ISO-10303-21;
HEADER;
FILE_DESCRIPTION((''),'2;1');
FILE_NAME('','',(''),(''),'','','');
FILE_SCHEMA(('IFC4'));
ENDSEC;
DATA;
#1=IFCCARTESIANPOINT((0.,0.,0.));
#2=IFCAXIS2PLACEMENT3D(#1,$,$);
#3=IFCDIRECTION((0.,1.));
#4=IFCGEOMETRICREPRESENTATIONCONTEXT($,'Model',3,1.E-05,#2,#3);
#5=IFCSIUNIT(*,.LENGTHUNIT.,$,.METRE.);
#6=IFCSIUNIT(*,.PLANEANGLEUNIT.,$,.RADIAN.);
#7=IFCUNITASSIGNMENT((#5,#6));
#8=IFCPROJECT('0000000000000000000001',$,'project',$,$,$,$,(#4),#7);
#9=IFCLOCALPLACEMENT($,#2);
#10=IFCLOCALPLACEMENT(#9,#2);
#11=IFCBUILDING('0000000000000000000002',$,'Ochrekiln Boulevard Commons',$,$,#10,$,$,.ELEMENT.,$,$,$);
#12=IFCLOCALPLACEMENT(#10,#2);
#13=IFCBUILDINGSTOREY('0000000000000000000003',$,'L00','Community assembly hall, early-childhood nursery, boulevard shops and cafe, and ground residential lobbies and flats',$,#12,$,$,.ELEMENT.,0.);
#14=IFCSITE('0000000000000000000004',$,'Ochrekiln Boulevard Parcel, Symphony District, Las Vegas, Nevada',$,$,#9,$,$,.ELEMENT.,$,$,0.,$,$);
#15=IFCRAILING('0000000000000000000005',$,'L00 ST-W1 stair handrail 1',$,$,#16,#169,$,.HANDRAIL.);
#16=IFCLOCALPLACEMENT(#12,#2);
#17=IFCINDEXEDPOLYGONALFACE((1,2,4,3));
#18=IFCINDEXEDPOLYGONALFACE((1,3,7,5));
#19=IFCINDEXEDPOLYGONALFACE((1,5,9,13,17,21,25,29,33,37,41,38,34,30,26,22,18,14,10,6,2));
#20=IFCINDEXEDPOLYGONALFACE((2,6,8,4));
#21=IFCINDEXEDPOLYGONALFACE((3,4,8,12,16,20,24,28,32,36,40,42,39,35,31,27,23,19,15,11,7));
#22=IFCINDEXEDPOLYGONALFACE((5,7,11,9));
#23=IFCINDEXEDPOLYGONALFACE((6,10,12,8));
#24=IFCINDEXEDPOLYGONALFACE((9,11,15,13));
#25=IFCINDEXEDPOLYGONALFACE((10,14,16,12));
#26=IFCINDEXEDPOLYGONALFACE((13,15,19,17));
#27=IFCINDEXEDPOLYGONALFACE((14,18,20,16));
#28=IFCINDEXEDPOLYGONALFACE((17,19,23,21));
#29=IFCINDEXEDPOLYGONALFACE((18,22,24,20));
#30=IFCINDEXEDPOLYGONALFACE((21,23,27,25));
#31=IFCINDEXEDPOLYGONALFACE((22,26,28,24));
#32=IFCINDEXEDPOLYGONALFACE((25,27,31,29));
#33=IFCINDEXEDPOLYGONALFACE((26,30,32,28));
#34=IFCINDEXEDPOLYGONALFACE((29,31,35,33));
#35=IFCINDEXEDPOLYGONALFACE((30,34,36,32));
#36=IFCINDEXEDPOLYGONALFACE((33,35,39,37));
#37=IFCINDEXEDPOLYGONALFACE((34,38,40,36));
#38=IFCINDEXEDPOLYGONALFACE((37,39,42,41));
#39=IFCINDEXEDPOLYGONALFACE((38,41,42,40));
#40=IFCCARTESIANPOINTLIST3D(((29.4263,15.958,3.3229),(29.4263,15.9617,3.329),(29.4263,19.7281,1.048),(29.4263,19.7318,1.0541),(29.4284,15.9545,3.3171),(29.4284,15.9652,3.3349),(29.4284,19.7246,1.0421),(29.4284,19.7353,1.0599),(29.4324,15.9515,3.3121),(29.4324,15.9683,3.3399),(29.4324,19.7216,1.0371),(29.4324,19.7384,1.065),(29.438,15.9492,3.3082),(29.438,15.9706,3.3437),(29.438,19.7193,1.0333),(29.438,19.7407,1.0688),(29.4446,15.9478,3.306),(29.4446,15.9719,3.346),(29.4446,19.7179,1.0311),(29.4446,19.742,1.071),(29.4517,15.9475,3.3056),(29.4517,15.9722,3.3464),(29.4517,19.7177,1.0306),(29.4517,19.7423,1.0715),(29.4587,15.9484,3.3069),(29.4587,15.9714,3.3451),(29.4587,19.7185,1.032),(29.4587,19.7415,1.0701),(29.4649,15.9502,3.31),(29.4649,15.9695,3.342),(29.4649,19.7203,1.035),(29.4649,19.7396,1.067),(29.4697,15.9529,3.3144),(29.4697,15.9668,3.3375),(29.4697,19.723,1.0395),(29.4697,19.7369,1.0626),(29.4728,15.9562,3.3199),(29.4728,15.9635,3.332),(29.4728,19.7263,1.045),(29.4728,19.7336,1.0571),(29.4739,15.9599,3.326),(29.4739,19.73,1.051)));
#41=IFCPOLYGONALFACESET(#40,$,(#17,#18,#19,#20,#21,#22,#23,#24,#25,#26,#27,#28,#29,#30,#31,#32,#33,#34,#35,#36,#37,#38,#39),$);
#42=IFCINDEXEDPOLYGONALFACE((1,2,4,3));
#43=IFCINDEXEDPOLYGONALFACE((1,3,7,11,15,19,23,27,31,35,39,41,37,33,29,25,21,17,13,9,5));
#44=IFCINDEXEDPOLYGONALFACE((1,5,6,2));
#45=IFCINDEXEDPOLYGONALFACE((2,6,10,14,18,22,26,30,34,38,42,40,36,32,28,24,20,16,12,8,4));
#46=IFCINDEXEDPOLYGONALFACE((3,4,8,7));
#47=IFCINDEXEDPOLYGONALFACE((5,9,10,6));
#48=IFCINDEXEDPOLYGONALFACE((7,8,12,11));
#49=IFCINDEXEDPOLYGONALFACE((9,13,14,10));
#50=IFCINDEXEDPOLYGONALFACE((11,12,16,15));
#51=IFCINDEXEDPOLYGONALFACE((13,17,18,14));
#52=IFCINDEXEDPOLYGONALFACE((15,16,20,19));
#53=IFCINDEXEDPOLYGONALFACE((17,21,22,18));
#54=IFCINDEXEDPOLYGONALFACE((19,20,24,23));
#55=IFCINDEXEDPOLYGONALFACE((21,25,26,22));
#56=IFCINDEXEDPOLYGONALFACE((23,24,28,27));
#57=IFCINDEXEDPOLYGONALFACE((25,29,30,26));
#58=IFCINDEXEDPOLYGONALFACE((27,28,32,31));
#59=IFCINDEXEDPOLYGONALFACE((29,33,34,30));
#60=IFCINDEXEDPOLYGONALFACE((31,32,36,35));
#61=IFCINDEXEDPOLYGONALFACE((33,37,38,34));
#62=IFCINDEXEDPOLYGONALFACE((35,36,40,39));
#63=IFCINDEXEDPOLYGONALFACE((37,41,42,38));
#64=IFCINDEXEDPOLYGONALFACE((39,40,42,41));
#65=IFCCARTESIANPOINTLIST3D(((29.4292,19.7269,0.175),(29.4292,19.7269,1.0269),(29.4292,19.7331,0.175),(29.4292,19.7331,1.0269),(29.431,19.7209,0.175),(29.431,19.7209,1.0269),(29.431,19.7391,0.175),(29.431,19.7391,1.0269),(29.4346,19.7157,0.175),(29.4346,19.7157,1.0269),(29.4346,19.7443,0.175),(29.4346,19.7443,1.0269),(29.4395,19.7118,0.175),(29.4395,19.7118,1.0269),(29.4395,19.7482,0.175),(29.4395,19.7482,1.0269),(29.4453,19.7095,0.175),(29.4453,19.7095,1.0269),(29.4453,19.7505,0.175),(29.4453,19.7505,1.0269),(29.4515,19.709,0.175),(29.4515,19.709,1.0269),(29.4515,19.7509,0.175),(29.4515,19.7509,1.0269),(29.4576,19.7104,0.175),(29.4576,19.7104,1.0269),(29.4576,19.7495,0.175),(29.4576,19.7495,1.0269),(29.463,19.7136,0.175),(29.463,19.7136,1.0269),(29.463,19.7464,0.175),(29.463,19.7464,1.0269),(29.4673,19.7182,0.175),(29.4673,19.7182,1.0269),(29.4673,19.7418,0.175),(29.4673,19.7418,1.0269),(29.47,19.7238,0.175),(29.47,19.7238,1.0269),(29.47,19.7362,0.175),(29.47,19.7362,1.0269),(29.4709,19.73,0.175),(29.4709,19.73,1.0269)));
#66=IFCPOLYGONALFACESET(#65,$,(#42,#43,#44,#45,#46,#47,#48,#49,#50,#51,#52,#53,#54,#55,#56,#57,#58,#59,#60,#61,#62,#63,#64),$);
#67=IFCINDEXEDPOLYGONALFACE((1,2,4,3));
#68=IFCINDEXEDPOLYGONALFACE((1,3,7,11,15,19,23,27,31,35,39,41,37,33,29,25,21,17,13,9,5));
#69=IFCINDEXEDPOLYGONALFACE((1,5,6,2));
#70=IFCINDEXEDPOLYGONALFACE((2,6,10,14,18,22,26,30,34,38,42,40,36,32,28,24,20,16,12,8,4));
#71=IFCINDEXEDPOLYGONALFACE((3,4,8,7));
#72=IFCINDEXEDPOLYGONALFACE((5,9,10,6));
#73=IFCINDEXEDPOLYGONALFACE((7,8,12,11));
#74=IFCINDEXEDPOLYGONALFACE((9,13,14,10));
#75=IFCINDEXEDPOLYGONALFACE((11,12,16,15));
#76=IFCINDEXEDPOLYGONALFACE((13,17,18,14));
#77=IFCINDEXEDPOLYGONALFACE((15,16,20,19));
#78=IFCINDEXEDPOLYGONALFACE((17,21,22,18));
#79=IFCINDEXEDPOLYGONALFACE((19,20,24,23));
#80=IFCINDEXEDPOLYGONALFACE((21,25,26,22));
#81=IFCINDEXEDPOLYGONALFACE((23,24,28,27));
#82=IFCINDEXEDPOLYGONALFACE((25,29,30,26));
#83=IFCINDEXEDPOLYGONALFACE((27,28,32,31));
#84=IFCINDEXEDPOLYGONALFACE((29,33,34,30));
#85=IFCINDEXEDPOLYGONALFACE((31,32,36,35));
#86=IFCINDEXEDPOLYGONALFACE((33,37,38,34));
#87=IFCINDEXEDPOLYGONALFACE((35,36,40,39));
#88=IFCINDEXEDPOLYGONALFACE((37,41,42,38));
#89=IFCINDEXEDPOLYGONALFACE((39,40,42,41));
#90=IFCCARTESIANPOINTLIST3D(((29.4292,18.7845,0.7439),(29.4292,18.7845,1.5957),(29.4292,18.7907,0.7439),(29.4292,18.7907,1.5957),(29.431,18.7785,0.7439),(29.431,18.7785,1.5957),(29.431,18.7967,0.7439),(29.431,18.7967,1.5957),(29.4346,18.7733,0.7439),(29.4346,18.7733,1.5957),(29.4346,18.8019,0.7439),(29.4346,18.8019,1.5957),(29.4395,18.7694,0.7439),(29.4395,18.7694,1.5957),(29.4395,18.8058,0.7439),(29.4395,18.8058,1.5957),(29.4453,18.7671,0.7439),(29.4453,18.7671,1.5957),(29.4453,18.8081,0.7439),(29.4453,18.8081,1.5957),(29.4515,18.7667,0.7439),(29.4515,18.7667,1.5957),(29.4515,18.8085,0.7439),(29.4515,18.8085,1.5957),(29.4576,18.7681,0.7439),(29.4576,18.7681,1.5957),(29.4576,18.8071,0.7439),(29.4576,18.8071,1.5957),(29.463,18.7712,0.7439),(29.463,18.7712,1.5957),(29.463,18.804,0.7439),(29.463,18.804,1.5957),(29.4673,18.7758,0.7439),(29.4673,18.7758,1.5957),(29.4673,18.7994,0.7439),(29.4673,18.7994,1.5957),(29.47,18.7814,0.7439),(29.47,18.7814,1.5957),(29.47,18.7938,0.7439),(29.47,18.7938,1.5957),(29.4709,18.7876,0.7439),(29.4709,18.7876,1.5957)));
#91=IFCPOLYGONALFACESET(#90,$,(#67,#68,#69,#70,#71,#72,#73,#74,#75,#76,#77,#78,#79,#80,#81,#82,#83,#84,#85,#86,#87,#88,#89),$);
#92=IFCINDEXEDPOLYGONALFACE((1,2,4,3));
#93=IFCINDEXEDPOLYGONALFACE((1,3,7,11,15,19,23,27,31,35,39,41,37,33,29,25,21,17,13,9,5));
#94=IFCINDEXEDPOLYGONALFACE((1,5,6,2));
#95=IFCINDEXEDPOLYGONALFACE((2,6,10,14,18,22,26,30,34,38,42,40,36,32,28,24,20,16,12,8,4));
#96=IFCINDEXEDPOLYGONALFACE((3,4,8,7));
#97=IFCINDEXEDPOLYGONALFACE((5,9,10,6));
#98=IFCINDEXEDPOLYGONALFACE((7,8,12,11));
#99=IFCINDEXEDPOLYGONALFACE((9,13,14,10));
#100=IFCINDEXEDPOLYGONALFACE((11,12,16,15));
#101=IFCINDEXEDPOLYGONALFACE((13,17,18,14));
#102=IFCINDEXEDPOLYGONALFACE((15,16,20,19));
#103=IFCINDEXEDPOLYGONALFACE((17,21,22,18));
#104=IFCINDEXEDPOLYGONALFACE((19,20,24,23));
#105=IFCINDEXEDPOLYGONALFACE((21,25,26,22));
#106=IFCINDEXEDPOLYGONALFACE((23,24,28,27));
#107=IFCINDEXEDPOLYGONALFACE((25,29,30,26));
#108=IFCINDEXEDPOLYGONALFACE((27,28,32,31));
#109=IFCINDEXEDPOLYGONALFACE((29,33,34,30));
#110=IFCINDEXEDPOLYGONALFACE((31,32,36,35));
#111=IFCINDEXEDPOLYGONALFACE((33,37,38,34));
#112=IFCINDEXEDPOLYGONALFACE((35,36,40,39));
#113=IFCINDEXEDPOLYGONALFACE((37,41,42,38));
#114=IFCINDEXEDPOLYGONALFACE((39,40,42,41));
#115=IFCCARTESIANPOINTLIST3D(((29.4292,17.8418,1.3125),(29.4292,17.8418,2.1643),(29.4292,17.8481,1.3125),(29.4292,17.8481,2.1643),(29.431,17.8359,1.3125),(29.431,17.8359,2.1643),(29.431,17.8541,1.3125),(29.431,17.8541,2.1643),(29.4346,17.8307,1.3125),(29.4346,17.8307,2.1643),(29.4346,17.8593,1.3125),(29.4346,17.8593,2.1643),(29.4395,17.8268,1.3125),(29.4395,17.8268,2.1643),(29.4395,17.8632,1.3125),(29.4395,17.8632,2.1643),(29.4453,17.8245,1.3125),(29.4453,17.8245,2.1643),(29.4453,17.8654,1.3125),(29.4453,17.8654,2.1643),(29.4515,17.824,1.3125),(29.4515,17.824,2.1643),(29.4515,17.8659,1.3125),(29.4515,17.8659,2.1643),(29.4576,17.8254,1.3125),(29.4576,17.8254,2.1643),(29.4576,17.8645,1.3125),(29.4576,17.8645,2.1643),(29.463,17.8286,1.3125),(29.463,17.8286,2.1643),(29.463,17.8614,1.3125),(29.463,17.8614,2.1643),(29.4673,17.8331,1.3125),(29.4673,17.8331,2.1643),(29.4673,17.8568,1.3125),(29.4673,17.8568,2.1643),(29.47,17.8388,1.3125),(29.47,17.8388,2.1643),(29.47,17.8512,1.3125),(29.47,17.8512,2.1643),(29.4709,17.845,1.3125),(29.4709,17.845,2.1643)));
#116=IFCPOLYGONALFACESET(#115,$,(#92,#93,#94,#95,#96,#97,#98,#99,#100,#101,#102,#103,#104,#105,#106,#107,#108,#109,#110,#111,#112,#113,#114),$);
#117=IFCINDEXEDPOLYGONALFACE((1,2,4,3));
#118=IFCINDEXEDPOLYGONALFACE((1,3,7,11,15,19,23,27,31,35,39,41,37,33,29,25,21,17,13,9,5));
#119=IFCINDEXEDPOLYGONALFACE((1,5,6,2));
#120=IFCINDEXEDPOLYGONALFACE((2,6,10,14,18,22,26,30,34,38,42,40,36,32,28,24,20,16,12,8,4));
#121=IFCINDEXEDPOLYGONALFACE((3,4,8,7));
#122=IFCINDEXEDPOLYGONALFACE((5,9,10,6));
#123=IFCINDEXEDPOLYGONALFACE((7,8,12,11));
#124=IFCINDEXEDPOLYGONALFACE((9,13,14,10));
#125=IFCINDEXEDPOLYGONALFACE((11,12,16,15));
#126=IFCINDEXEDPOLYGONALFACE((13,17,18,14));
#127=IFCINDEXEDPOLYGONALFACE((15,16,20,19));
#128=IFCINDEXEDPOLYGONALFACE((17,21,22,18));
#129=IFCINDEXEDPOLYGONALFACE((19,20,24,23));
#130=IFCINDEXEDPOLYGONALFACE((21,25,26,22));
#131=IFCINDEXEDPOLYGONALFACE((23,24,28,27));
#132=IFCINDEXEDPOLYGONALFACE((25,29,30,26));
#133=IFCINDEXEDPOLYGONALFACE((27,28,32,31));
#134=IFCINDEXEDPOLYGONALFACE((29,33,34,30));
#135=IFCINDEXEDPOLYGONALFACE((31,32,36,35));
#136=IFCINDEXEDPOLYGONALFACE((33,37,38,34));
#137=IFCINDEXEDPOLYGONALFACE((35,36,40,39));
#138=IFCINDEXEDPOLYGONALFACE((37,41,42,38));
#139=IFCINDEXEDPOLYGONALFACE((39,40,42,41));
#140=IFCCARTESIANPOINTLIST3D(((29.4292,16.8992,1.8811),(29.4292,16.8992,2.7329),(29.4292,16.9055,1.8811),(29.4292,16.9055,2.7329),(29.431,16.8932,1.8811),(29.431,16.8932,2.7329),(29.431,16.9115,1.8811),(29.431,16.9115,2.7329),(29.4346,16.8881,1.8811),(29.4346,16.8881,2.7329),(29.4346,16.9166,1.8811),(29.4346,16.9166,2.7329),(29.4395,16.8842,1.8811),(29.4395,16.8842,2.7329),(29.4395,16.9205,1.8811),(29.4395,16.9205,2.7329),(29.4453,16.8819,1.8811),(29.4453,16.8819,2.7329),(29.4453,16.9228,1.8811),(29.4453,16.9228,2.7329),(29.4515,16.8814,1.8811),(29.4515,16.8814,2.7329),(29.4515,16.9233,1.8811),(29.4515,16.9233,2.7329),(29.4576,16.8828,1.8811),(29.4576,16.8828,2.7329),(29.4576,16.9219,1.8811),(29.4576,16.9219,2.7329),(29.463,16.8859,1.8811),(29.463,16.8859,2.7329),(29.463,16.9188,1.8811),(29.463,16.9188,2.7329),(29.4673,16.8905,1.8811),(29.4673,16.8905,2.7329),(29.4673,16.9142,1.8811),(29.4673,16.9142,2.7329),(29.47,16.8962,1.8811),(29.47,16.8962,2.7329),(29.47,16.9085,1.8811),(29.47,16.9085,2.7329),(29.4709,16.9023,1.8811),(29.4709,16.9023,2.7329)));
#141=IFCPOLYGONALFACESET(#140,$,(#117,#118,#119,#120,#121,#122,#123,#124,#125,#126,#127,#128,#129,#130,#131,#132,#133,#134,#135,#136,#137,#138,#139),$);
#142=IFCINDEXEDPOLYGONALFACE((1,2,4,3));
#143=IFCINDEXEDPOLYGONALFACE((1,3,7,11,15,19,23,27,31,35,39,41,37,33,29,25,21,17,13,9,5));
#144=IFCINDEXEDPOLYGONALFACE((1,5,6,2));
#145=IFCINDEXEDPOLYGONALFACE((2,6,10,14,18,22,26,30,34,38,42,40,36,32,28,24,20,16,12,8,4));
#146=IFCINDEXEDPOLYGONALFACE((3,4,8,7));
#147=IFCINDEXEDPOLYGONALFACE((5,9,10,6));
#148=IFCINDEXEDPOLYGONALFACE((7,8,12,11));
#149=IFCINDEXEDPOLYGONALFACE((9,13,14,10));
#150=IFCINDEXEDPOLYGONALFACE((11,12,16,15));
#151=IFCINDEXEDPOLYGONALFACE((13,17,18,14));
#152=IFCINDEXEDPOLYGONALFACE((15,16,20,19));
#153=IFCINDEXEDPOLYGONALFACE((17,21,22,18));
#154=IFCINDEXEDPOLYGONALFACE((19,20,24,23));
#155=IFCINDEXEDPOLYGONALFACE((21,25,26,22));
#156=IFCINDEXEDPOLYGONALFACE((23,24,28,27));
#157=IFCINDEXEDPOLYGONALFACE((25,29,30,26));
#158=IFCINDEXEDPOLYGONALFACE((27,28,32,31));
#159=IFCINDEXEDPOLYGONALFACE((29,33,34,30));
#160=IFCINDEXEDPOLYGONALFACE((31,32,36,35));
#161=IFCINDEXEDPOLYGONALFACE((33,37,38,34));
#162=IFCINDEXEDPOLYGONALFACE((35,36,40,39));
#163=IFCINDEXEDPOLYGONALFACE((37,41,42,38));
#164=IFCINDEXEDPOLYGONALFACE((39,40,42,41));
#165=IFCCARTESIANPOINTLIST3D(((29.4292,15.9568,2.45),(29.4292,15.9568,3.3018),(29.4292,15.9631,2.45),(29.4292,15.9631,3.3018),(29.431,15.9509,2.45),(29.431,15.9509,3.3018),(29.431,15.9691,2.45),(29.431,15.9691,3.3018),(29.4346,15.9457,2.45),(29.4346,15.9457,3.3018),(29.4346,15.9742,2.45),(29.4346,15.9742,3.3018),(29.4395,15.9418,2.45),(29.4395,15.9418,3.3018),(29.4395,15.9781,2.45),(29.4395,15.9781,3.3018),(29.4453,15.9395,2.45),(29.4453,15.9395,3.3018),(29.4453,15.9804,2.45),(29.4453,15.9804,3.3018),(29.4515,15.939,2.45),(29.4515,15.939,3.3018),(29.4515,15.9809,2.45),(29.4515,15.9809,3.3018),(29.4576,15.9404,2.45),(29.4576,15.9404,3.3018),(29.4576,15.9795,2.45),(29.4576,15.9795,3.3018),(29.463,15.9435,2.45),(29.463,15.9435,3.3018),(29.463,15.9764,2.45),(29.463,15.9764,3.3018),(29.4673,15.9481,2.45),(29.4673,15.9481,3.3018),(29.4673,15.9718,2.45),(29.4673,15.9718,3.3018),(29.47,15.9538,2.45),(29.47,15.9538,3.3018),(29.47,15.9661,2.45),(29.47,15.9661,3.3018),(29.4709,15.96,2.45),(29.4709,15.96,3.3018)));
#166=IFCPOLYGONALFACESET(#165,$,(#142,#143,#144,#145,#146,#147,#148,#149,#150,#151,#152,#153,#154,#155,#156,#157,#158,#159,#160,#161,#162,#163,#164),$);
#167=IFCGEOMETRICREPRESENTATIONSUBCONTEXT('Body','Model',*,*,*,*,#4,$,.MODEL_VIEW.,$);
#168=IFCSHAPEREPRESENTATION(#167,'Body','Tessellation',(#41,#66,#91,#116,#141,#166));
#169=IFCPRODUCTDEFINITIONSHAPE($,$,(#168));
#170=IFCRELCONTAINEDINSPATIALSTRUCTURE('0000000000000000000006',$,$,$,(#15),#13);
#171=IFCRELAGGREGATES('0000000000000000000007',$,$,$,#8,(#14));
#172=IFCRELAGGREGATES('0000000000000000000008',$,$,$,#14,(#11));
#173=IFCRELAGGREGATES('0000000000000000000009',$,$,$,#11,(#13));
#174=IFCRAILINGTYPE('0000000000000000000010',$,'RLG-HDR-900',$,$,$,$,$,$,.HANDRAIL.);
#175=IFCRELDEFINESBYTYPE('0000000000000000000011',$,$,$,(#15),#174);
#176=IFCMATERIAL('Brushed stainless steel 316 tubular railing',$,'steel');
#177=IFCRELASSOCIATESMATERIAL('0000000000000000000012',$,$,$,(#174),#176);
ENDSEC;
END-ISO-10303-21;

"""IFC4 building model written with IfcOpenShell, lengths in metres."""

from ifc_helpers import new_model, si_unit, direction, frame, origin, origin_2d, place, context, subcontext, project, spatial, circle, extrude, material, type_object, element, save


model = new_model("IFC4")

# Units and contexts
model_context = context("Model", 3, precision=1e-05, world=origin(), true_north=direction((0.0, 1.0)))
body_context = subcontext(model_context, "Body", "Model", "MODEL_VIEW")
ifc_project = project(units=[si_unit("LENGTHUNIT", "METRE"), si_unit("PLANEANGLEUNIT", "RADIAN")], contexts=[model_context])

# Site, building, storey
site_placement = place(None, origin())
site = spatial("IfcSite", under=ifc_project, at=site_placement, Name="Ochrekiln Boulevard Parcel, Symphony District, Las Vegas, Nevada", CompositionType="ELEMENT", RefElevation=0.0)
building_placement = place(site_placement, origin())
building = spatial("IfcBuilding", under=site, at=building_placement, Name="Ochrekiln Boulevard Commons", CompositionType="ELEMENT")
storey_placement = place(building_placement, origin())
storey = spatial("IfcBuildingStorey", under=building, at=storey_placement, Name="L00", Description="Community assembly hall, early-childhood nursery, boulevard shops and cafe, and ground residential lobbies and flats", CompositionType="ELEMENT", Elevation=0.0)

# Railing
ifc_material_1 = material(Name="Brushed stainless steel 316 tubular railing", Category="steel")
railing_type_1 = type_object("IfcRailingType", Name="RLG-HDR-900", PredefinedType="HANDRAIL", material=ifc_material_1)
railing_1_placement = place(storey_placement, frame((29.45, 19.73, 0.175)))
element("IfcRailing", 1, at=railing_1_placement, inside=storey, type_object=railing_type_1, Name="L00 ST-W1 stair handrail 1", PredefinedType="HANDRAIL", context=body_context, shape_type="SweptSolid", body=[
    extrude(circle(Radius=0.0239, at=origin_2d()), frame((0.0, 0.0, 0.876), z_axis=(0.0, -0.856199, 0.516647), x_axis=(1.0, 0.0, 0.0)), (0.0, 0.0, 1.0), 4.4033),
    extrude(circle(Radius=0.021, at=origin_2d()), origin(), (0.0, 0.0, 1.0), 0.8518),
    extrude(circle(Radius=0.021, at=origin_2d()), frame((0.0, -0.9424, 0.5688)), (0.0, 0.0, 1.0), 0.8518),
    extrude(circle(Radius=0.021, at=origin_2d()), frame((0.0, -1.885, 1.1375)), (0.0, 0.0, 1.0), 0.8518),
    extrude(circle(Radius=0.021, at=origin_2d()), frame((0.0, -2.8276, 1.7061)), (0.0, 0.0, 1.0), 0.8518),
    extrude(circle(Radius=0.021, at=origin_2d()), frame((0.0, -3.77, 2.2749)), (0.0, 0.0, 1.0), 0.8518),
])

save(model, "model.ifc")
